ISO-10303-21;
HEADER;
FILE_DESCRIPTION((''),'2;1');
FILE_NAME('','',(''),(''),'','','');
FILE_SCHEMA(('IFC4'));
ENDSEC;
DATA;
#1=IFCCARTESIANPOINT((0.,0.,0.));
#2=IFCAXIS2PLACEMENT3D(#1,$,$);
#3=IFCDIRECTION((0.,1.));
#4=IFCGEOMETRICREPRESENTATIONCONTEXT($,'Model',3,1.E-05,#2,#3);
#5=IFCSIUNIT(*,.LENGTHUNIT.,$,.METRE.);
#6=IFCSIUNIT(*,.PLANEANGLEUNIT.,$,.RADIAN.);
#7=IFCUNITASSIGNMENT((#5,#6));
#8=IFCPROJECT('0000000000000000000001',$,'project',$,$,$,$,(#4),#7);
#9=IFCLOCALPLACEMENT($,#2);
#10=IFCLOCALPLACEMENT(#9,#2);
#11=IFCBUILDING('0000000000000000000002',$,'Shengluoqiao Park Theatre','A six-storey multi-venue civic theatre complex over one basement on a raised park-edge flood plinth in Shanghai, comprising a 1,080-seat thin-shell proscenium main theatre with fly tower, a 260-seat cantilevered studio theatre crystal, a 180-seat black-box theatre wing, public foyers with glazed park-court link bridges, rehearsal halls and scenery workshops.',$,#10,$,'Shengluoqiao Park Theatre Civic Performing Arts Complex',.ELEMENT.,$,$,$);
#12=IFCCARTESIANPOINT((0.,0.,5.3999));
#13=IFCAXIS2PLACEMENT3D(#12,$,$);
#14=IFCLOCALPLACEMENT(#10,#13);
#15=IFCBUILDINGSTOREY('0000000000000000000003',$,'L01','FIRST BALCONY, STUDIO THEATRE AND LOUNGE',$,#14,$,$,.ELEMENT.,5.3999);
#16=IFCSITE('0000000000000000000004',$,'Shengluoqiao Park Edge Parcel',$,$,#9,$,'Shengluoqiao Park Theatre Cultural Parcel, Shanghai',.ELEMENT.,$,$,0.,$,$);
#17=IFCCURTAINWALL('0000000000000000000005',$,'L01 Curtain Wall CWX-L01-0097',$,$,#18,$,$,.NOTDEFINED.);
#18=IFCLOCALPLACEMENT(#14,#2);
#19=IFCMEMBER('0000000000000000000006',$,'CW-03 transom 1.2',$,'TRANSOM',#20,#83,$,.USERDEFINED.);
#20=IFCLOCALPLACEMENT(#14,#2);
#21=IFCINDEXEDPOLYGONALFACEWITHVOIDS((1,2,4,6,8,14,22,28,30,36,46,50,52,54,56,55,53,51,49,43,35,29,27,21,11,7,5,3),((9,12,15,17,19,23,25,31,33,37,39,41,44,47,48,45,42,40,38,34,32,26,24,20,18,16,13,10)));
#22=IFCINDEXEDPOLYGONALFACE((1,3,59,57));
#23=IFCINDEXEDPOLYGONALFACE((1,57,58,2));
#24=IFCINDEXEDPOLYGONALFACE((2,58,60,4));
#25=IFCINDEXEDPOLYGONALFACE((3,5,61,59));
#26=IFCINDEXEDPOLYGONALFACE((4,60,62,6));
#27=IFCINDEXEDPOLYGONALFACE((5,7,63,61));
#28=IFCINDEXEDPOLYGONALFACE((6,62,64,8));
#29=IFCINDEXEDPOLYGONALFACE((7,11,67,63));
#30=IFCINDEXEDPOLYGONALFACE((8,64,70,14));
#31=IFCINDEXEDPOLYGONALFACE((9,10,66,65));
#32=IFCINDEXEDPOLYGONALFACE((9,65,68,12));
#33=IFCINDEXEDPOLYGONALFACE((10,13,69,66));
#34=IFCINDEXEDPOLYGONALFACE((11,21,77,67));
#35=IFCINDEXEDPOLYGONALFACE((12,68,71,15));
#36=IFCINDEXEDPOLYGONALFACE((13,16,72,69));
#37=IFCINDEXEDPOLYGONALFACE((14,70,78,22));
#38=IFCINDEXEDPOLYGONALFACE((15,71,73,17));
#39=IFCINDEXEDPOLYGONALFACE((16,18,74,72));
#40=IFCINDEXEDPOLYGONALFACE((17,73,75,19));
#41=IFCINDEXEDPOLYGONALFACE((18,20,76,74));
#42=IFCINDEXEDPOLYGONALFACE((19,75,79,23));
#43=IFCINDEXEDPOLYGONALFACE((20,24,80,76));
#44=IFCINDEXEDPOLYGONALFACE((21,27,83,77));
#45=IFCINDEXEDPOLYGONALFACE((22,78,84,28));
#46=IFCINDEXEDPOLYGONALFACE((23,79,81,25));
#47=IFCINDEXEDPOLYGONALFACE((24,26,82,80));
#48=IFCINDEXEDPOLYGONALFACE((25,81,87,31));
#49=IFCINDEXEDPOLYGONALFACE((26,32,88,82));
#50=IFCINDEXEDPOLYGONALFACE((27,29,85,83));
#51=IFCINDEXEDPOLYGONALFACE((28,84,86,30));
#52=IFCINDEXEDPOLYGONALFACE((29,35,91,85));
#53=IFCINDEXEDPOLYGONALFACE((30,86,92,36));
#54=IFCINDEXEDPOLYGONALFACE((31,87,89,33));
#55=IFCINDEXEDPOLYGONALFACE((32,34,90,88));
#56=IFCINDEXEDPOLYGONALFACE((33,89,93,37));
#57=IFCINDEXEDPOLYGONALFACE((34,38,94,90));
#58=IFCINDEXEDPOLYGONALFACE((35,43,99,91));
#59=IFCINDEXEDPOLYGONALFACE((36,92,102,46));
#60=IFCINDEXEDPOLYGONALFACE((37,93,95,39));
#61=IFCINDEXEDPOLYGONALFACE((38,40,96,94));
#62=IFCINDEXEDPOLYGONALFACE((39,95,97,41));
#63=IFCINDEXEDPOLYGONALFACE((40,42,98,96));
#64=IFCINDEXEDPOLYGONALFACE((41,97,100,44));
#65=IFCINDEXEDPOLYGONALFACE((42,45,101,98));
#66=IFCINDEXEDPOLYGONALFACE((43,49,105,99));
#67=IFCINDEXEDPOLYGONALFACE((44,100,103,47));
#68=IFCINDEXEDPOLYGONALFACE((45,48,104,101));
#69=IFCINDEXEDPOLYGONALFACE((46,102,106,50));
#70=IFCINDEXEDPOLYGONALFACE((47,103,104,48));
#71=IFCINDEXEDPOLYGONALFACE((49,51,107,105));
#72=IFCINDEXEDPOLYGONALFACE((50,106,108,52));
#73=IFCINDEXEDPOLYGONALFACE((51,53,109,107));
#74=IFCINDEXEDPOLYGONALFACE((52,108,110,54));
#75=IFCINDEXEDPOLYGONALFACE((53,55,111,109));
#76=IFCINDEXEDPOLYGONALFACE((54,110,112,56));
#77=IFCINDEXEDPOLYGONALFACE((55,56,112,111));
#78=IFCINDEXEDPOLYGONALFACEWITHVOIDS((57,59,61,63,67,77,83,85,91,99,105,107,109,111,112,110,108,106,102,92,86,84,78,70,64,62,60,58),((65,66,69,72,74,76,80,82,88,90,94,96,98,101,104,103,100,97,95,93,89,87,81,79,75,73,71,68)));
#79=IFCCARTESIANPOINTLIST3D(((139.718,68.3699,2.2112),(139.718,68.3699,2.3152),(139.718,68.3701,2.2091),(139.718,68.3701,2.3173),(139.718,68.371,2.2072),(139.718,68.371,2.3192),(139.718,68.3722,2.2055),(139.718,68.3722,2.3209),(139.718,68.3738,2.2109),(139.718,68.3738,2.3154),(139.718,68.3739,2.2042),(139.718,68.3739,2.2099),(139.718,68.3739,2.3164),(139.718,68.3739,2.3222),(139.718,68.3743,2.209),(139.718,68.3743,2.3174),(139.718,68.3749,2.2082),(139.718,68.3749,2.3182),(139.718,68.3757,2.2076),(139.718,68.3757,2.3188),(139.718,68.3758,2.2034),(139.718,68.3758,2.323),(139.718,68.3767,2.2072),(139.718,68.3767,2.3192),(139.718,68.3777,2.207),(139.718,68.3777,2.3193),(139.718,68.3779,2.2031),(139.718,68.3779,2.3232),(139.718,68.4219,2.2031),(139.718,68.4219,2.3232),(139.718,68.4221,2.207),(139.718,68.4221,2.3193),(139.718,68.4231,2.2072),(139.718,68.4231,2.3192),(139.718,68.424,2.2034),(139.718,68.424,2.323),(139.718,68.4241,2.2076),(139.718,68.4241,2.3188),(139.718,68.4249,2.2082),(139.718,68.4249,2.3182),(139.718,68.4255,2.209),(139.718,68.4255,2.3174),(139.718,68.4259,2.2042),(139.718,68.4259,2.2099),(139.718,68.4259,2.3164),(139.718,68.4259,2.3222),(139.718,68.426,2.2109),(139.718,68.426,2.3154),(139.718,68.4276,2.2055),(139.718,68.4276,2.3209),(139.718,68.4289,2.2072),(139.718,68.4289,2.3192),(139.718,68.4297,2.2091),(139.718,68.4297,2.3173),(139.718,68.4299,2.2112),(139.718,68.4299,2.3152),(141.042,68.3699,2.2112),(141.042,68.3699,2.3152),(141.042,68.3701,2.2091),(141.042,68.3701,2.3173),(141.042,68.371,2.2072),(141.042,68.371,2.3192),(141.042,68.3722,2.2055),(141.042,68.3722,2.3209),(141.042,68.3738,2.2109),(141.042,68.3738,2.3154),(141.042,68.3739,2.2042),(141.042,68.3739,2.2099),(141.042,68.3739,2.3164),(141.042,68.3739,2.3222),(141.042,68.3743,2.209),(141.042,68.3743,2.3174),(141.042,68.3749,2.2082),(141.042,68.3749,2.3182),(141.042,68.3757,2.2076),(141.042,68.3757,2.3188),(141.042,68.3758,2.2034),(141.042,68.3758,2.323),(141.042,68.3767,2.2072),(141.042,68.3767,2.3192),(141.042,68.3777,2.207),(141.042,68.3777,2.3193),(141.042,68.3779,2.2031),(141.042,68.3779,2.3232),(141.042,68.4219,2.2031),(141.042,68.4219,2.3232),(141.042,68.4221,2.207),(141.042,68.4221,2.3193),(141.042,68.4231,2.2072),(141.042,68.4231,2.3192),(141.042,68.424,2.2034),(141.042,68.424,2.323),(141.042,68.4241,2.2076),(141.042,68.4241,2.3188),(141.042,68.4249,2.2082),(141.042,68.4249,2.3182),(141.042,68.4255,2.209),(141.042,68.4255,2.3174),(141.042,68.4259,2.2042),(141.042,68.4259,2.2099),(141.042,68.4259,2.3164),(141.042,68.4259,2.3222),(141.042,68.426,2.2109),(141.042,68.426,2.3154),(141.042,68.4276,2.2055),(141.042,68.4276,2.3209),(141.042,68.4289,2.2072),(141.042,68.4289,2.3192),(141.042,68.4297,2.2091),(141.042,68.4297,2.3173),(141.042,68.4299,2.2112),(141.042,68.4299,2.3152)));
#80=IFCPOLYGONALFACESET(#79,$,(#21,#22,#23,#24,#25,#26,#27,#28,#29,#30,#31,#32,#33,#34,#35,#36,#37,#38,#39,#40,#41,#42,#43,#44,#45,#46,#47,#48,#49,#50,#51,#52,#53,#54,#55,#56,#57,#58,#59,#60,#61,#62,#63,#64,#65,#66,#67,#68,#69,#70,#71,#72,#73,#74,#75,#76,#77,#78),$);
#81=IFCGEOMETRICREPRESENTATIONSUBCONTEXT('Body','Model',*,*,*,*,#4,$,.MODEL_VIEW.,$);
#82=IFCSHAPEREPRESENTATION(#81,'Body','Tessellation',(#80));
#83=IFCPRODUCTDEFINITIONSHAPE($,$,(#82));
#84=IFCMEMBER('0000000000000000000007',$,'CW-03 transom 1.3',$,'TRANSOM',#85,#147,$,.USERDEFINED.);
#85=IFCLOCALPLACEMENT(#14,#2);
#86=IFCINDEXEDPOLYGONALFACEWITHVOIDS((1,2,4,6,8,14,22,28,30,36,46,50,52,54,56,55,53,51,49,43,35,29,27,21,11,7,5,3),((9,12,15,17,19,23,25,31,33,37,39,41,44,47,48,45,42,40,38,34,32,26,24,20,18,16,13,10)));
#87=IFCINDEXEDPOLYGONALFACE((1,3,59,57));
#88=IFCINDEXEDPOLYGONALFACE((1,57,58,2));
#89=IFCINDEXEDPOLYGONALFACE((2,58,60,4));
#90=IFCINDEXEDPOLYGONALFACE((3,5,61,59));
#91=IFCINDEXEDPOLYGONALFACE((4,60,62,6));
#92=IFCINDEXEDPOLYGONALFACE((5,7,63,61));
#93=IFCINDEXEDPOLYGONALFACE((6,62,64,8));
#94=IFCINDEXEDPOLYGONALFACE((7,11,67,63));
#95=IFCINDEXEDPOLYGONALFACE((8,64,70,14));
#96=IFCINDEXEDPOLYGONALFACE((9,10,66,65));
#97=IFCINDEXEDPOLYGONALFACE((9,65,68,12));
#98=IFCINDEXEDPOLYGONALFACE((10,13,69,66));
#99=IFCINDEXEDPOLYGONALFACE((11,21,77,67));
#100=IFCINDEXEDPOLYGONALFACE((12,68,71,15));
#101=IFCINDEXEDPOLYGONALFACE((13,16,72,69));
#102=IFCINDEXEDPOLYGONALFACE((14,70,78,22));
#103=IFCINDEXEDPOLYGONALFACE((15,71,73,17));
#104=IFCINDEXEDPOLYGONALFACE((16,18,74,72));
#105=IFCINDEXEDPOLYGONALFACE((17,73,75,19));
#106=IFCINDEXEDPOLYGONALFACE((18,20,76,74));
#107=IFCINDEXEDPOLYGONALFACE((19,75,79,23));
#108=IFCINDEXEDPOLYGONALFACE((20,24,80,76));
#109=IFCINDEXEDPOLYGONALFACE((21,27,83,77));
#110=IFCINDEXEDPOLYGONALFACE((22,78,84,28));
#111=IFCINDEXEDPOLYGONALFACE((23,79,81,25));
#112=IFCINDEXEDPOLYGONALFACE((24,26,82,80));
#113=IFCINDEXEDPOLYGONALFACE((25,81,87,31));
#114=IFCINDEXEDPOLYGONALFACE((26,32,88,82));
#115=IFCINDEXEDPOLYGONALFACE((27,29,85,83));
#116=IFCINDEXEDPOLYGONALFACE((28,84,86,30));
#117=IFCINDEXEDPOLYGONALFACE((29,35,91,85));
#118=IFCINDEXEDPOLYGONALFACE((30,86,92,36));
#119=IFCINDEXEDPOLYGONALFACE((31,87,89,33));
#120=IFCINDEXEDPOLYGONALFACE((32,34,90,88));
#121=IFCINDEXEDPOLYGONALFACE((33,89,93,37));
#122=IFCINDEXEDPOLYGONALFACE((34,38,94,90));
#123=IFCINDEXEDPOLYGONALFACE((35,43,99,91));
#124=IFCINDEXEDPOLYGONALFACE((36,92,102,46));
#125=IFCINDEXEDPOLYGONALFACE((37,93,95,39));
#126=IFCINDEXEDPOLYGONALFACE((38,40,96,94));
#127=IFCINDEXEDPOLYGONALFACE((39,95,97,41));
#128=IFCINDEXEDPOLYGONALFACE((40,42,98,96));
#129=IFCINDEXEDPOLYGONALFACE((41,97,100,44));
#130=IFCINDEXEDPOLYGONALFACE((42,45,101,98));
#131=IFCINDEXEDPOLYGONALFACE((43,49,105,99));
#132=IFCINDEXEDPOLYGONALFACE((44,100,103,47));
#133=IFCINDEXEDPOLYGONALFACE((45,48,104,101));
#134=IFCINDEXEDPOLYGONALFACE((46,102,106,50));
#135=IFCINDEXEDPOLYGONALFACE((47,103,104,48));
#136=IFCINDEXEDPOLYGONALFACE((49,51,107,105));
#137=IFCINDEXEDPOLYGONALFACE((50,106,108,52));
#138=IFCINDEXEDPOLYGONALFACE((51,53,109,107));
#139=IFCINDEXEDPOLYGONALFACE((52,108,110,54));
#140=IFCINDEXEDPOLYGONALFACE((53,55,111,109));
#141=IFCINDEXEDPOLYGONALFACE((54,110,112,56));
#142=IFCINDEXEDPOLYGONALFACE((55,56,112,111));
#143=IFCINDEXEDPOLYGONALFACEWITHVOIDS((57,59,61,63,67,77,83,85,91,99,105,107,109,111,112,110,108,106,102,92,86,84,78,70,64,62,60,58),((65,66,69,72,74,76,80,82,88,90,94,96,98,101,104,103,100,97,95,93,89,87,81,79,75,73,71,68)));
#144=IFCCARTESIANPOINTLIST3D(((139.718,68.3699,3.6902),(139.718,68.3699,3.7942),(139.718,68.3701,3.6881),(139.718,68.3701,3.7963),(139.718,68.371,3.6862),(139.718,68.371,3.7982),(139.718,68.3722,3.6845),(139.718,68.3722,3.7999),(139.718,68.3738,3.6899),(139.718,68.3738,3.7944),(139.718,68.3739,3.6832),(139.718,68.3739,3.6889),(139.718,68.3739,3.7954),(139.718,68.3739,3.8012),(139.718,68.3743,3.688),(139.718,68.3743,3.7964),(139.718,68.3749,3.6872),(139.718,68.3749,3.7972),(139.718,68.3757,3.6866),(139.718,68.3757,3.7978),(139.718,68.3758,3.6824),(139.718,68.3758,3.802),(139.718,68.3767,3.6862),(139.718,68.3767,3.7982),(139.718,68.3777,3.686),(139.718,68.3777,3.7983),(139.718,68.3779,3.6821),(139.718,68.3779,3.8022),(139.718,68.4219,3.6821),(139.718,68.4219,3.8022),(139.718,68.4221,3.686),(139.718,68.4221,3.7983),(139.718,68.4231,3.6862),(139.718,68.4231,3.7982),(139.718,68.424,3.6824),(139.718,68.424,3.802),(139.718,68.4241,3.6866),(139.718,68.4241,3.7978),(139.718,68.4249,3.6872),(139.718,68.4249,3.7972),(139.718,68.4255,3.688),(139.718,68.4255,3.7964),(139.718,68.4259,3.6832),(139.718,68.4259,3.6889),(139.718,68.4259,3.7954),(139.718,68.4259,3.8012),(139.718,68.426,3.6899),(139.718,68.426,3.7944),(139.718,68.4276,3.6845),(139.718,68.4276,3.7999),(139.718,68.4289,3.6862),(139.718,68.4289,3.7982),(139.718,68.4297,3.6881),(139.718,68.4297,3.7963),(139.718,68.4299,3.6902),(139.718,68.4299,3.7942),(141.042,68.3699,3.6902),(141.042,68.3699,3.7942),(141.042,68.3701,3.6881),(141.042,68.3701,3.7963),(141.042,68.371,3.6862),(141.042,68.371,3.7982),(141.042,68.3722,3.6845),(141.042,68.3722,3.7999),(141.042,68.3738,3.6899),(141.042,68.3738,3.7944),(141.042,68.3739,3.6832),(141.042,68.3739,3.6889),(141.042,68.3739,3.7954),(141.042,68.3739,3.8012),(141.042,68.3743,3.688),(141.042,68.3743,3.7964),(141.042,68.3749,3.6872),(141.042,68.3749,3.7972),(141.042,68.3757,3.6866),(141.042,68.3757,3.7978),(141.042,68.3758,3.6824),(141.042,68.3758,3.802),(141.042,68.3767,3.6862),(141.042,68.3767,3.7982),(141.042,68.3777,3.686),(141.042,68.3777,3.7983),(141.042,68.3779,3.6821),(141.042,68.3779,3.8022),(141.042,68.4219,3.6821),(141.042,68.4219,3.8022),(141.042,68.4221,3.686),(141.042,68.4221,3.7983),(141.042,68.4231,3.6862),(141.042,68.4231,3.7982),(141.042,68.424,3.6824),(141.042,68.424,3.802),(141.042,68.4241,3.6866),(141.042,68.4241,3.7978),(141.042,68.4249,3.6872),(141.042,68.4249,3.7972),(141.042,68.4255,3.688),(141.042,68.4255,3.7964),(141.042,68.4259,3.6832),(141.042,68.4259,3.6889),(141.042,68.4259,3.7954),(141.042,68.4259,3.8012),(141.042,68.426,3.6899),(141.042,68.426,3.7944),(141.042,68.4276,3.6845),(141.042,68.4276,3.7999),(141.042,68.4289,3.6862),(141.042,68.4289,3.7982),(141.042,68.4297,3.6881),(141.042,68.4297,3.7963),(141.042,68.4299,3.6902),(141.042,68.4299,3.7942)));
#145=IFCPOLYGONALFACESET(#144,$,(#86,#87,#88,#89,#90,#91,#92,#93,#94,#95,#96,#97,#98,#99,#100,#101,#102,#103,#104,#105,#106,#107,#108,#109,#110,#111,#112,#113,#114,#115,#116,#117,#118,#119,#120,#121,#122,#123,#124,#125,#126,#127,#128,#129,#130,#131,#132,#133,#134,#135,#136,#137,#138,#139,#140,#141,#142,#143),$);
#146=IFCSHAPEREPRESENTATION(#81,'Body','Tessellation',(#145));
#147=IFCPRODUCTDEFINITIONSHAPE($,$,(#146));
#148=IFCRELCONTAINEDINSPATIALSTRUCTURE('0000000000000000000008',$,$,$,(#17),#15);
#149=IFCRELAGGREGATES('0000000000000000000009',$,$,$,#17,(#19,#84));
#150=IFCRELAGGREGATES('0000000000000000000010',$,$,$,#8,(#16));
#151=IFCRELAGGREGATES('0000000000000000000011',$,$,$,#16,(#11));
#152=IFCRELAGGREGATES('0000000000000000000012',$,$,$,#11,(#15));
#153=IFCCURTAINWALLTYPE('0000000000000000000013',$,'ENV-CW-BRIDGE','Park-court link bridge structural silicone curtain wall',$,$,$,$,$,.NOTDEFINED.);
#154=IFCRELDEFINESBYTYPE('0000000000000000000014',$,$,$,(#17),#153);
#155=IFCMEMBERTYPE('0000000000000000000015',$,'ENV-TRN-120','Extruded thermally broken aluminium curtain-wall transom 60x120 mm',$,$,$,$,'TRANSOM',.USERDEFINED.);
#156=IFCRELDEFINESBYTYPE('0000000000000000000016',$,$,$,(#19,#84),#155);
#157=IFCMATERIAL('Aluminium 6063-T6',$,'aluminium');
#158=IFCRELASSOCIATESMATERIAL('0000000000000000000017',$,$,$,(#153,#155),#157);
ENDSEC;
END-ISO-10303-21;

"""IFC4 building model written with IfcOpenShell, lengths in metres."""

from ifc_helpers import new_model, si_unit, direction, frame, origin, origin_2d, place, context, subcontext, project, spatial, hollow_rectangle, extrude, material, material_profile, profile_set, type_object, element, aggregate, save


model = new_model("IFC4")

# Units and contexts
model_context = context("Model", 3, precision=1e-05, world=origin(), true_north=direction((0.0, 1.0)))
body_context = subcontext(model_context, "Body", "Model", "MODEL_VIEW")
ifc_project = project(units=[si_unit("LENGTHUNIT", "METRE"), si_unit("PLANEANGLEUNIT", "RADIAN")], contexts=[model_context])

# Site, building, storey
site_placement = place(None, origin())
site = spatial("IfcSite", under=ifc_project, at=site_placement, Name="Shengluoqiao Park Edge Parcel", LongName="Shengluoqiao Park Theatre Cultural Parcel, Shanghai", CompositionType="ELEMENT", RefElevation=0.0)
building_placement = place(site_placement, origin())
building = spatial("IfcBuilding", under=site, at=building_placement, Name="Shengluoqiao Park Theatre", Description="A six-storey multi-venue civic theatre complex over one basement on a raised park-edge flood plinth in Shanghai, comprising a 1,080-seat thin-shell proscenium main theatre with fly tower, a 260-seat cantilevered studio theatre crystal, a 180-seat black-box theatre wing, public foyers with glazed park-court link bridges, rehearsal halls and scenery workshops.", LongName="Shengluoqiao Park Theatre Civic Performing Arts Complex", CompositionType="ELEMENT")
storey_placement = place(building_placement, frame((0.0, 0.0, 5.3999)))
storey = spatial("IfcBuildingStorey", under=building, at=storey_placement, Name="L01", Description="FIRST BALCONY, STUDIO THEATRE AND LOUNGE", CompositionType="ELEMENT", Elevation=5.3999)

# Curtain wall, members
ifc_material_1 = material(Name="Aluminium 6063-T6", Category="aluminium")
curtain_wall_type = type_object("IfcCurtainWallType", Name="ENV-CW-BRIDGE", Description="Park-court link bridge structural silicone curtain wall", PredefinedType="NOTDEFINED", material=ifc_material_1)
curtain_wall_placement = place(storey_placement, origin())
curtain_wall = element("IfcCurtainWall", 1, at=curtain_wall_placement, inside=storey, type_object=curtain_wall_type, Name="L01 Curtain Wall CWX-L01-0097", PredefinedType="NOTDEFINED")
ifc_material_profile_1 = material_profile(ifc_material_1, hollow_rectangle(XDim=0.0601, YDim=0.1201, WallThickness=0.0039, InnerFilletRadius=0.0039, OuterFilletRadius=0.0081, at=origin_2d()), Name="ALU TRANSOM 120x60x4")
ifc_profile_set_1 = profile_set([ifc_material_profile_1], Name="Aluminium 6063-T6")
member_type_1 = type_object("IfcMemberType", Name="ENV-TRN-120", Description="Extruded thermally broken aluminium curtain-wall transom 60x120 mm", ElementType="TRANSOM", PredefinedType="USERDEFINED", material=ifc_profile_set_1)
member_1_placement = place(storey_placement, frame((139.718, 68.3999, 2.2632), z_axis=(1.0, 0.0, 0.0), x_axis=(0.0, 1.0, 0.0)))
member_1 = element("IfcMember", 2, at=member_1_placement, type_object=member_type_1, Name="CW-03 transom 1.2", ObjectType="TRANSOM", PredefinedType="USERDEFINED", context=body_context, shape_type="SweptSolid", body=[
    extrude(hollow_rectangle(XDim=0.0601, YDim=0.1201, WallThickness=0.0039, InnerFilletRadius=0.0039, OuterFilletRadius=0.0081, at=origin_2d()), origin(), (0.0, 0.0, 1.0), 1.324),
])
member_2_placement = place(storey_placement, frame((139.718, 68.3999, 3.7422), z_axis=(1.0, 0.0, 0.0), x_axis=(0.0, 1.0, 0.0)))
member_2 = element("IfcMember", 3, at=member_2_placement, type_object=member_type_1, Name="CW-03 transom 1.3", ObjectType="TRANSOM", PredefinedType="USERDEFINED", context=body_context, shape_type="SweptSolid", body=[
    extrude(hollow_rectangle(XDim=0.0601, YDim=0.1201, WallThickness=0.0039, InnerFilletRadius=0.0039, OuterFilletRadius=0.0081, at=origin_2d()), origin(), (0.0, 0.0, 1.0), 1.324),
])
aggregate(curtain_wall, [member_1, member_2])

save(model, "model.ifc")
